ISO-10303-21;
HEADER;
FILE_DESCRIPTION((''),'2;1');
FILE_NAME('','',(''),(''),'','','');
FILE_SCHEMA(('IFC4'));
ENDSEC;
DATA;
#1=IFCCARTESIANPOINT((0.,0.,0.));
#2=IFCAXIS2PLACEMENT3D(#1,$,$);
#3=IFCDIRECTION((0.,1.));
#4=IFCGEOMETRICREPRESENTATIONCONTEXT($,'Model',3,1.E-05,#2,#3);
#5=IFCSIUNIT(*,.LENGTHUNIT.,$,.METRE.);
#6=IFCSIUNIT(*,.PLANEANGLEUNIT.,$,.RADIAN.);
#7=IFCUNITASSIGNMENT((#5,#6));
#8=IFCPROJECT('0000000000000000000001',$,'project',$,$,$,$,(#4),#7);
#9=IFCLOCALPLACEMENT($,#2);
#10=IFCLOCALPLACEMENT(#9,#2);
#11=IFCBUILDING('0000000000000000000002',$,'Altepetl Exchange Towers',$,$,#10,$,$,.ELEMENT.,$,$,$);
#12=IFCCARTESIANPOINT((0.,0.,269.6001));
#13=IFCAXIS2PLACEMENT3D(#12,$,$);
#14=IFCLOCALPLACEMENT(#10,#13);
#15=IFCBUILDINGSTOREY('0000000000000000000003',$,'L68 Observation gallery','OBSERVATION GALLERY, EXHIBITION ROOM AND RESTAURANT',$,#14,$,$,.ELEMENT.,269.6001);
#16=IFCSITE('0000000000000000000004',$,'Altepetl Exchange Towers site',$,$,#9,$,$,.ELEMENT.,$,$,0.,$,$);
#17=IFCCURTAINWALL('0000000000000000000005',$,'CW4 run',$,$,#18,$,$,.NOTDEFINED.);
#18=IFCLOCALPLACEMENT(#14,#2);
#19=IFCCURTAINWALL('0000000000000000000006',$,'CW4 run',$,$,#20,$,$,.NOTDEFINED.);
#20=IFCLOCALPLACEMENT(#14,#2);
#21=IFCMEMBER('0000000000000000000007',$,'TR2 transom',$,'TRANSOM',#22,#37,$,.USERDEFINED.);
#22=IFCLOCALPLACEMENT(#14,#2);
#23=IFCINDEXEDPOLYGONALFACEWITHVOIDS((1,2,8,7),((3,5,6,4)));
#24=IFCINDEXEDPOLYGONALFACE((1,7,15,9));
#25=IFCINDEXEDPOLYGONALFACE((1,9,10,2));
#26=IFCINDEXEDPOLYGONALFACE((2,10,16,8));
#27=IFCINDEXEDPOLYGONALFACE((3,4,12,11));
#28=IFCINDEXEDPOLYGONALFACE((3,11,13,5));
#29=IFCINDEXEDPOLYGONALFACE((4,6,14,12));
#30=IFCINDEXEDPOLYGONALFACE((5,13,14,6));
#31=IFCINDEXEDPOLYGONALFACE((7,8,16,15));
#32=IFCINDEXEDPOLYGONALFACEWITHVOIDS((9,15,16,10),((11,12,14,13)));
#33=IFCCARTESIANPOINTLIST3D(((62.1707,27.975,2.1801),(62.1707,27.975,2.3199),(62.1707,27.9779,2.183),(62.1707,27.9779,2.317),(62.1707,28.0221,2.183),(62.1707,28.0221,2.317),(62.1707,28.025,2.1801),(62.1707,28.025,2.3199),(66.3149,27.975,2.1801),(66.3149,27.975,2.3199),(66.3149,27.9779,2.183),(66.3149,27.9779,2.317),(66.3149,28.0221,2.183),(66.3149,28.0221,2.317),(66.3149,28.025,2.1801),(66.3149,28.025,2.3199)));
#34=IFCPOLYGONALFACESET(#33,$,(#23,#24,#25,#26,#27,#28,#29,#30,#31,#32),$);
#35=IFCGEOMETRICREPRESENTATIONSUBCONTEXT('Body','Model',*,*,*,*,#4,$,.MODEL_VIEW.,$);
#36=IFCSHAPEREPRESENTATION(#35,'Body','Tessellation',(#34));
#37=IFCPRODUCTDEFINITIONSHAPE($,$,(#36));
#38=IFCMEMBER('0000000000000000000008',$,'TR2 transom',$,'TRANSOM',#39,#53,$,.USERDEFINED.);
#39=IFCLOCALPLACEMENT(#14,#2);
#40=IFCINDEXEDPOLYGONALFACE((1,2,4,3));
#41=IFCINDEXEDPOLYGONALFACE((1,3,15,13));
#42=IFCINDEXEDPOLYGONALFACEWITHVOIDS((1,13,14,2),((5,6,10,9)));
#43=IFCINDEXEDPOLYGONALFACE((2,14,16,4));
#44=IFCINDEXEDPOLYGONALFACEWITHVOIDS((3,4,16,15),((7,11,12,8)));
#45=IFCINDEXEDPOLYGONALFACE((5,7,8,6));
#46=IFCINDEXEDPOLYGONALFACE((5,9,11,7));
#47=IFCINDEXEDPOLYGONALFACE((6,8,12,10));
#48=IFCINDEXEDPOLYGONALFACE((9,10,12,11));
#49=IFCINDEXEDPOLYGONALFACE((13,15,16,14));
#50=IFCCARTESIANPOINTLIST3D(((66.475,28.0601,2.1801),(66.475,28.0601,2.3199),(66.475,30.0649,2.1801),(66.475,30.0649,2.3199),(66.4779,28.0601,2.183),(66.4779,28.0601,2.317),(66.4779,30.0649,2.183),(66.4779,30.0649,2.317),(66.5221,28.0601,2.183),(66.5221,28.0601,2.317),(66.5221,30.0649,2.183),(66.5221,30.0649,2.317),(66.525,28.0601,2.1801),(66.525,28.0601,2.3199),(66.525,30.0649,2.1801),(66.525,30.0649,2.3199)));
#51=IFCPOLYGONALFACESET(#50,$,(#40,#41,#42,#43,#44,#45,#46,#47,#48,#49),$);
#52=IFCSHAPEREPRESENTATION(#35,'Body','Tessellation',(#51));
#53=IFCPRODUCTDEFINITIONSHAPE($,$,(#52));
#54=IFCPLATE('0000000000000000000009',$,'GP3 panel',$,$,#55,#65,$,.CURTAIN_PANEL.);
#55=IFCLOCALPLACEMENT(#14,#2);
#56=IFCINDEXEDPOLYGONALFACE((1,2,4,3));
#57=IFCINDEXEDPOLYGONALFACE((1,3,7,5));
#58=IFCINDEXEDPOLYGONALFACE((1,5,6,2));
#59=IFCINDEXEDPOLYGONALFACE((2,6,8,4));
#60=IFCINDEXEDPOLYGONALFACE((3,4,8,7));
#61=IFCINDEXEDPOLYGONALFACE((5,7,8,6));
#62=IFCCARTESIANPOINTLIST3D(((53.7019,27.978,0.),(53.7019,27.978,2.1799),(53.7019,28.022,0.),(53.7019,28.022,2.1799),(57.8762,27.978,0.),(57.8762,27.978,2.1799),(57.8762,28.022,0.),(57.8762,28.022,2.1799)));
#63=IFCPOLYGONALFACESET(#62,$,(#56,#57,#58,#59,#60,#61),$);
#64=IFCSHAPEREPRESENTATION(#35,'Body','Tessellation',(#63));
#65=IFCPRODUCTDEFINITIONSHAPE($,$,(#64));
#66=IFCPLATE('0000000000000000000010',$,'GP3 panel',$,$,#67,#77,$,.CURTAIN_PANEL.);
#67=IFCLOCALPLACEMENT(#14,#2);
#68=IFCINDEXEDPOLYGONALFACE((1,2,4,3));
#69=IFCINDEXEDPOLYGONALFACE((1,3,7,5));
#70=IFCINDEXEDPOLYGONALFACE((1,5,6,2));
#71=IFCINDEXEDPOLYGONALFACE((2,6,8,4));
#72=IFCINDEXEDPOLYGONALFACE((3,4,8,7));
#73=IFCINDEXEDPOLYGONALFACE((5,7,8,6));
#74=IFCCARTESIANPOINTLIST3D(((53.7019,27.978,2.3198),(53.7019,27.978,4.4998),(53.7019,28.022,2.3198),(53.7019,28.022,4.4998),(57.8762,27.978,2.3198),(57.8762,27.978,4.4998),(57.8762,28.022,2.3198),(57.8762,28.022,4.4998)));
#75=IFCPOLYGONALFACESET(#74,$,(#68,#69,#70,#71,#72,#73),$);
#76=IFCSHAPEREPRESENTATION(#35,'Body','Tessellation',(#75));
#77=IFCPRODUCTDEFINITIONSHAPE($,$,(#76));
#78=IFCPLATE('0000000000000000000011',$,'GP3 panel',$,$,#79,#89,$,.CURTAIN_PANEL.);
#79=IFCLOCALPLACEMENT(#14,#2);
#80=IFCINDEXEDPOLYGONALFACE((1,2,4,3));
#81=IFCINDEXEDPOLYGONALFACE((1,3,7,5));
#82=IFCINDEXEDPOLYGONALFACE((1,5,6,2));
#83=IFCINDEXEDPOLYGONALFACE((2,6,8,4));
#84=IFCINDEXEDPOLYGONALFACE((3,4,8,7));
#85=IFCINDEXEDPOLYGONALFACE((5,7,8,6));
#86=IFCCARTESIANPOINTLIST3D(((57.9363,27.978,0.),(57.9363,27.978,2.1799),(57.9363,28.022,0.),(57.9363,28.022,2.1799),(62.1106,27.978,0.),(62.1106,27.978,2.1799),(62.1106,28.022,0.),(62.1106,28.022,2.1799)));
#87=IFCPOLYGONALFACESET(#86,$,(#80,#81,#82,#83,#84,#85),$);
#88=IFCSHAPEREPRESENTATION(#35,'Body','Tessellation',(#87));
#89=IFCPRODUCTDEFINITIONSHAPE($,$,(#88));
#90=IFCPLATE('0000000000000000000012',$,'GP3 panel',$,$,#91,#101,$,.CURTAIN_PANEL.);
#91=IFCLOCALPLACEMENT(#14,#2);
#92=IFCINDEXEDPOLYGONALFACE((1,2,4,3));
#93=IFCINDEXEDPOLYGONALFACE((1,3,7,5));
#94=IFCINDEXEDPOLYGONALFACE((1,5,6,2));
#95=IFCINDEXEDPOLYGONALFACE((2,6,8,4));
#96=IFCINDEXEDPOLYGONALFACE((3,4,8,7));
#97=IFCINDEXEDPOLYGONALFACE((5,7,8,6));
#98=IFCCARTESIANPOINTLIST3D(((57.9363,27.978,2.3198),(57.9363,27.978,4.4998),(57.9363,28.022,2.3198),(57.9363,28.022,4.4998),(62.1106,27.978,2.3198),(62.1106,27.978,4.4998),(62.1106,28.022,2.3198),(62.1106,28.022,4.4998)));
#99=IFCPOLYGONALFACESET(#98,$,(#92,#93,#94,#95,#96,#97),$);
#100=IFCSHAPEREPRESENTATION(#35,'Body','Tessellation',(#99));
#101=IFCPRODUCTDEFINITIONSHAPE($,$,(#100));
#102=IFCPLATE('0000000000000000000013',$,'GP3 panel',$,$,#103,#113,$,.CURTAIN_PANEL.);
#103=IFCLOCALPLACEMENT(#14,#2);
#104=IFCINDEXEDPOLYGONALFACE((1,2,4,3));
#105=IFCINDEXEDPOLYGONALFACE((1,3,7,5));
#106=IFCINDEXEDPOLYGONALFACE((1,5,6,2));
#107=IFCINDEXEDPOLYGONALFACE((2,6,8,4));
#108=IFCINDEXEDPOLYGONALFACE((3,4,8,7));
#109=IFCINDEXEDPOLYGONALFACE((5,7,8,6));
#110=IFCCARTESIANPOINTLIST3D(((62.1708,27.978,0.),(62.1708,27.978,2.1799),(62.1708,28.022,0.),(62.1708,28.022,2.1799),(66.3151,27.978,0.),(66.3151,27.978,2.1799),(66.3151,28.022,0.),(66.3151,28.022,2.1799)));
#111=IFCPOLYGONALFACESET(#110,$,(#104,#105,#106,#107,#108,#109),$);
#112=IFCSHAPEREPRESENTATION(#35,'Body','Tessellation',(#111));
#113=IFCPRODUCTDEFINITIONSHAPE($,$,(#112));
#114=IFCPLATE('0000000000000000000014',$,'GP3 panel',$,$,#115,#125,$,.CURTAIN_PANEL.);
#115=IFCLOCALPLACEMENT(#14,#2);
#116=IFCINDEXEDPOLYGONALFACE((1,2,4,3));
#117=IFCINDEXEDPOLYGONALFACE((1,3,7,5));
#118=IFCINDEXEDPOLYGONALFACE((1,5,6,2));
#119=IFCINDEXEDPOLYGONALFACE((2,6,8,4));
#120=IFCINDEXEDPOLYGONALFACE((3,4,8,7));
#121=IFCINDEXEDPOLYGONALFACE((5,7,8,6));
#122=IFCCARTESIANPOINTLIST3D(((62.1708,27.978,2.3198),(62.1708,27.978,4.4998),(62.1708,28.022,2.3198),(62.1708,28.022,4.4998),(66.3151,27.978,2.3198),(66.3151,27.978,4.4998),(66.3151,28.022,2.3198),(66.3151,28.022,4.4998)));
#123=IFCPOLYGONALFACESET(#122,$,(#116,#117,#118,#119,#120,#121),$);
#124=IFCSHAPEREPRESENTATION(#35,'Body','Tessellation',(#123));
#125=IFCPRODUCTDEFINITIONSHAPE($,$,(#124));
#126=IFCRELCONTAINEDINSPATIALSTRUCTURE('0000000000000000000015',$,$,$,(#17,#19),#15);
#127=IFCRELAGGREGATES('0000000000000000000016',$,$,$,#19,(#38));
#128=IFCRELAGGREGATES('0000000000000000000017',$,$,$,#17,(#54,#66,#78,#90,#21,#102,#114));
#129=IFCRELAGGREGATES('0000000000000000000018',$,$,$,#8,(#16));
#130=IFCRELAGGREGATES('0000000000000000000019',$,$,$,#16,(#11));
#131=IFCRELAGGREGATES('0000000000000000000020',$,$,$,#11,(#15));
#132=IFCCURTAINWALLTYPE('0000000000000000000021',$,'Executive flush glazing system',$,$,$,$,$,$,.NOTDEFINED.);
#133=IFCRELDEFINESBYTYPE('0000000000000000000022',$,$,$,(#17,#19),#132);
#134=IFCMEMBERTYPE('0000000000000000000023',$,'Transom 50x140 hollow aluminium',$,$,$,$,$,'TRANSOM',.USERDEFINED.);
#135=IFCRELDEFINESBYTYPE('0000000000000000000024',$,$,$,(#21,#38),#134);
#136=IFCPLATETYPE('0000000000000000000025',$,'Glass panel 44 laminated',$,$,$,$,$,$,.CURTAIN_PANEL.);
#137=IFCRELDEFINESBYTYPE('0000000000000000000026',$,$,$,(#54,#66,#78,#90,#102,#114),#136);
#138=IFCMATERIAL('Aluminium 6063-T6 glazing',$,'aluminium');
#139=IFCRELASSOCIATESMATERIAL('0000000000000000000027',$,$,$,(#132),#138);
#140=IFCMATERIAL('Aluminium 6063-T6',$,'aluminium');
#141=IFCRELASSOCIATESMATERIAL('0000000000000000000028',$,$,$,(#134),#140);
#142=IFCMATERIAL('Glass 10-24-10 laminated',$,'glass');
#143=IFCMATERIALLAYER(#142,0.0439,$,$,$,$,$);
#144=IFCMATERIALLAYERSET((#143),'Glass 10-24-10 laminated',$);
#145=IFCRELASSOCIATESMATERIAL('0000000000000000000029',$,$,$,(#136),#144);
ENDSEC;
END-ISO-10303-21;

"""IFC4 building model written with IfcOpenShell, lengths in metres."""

from ifc_helpers import new_model, si_unit, direction, frame, origin, origin_2d, place, context, subcontext, project, spatial, rectangle, hollow_rectangle, extrude, material, layer, layer_set, material_profile, profile_set, type_object, element, aggregate, save


model = new_model("IFC4")

# Units and contexts
model_context = context("Model", 3, precision=1e-05, world=origin(), true_north=direction((0.0, 1.0)))
body_context = subcontext(model_context, "Body", "Model", "MODEL_VIEW")
ifc_project = project(units=[si_unit("LENGTHUNIT", "METRE"), si_unit("PLANEANGLEUNIT", "RADIAN")], contexts=[model_context])

# Site, building, storey
site_placement = place(None, origin())
site = spatial("IfcSite", under=ifc_project, at=site_placement, Name="Altepetl Exchange Towers site", CompositionType="ELEMENT", RefElevation=0.0)
building_placement = place(site_placement, origin())
building = spatial("IfcBuilding", under=site, at=building_placement, Name="Altepetl Exchange Towers", CompositionType="ELEMENT")
storey_placement = place(building_placement, frame((0.0, 0.0, 269.6001)))
storey = spatial("IfcBuildingStorey", under=building, at=storey_placement, Name="L68 Observation gallery", Description="OBSERVATION GALLERY, EXHIBITION ROOM AND RESTAURANT", CompositionType="ELEMENT", Elevation=269.6001)

# Curtain wall
ifc_material_1 = material(Name="Aluminium 6063-T6 glazing", Category="aluminium")
curtain_wall_type = type_object("IfcCurtainWallType", Name="Executive flush glazing system", PredefinedType="NOTDEFINED", material=ifc_material_1)
curtain_wall_1_placement = place(storey_placement, origin())
curtain_wall_1 = element("IfcCurtainWall", 1, at=curtain_wall_1_placement, inside=storey, type_object=curtain_wall_type, Name="CW4 run", PredefinedType="NOTDEFINED")
ifc_material_2 = material(Name="Aluminium 6063-T6", Category="aluminium")

# Curtain wall
curtain_wall_2_placement = place(storey_placement, origin())
curtain_wall_2 = element("IfcCurtainWall", 2, at=curtain_wall_2_placement, inside=storey, type_object=curtain_wall_type, Name="CW4 run", PredefinedType="NOTDEFINED")

# Members
ifc_material_profile_1 = material_profile(ifc_material_2, hollow_rectangle(XDim=0.05, YDim=0.1399, WallThickness=0.0029, at=origin_2d()), Name="Transom 50x140 hollow aluminium")
ifc_profile_set_1 = profile_set([ifc_material_profile_1], Name="Aluminium 6063-T6")
member_type_1 = type_object("IfcMemberType", Name="Transom 50x140 hollow aluminium", ElementType="TRANSOM", PredefinedType="USERDEFINED", material=ifc_profile_set_1)
member_1_placement = place(storey_placement, frame((62.1707, 28.0, 2.25), z_axis=(1.0, 0.0, 0.0), x_axis=(0.0, 1.0, 0.0)))
member_1 = element("IfcMember", 3, at=member_1_placement, type_object=member_type_1, Name="TR2 transom", ObjectType="TRANSOM", PredefinedType="USERDEFINED", context=body_context, shape_type="SweptSolid", body=[
    extrude(hollow_rectangle(XDim=0.05, YDim=0.1399, WallThickness=0.0029, at=origin_2d()), origin(), (0.0, 0.0, 1.0), 4.1443),
])
member_2_placement = place(storey_placement, frame((66.5, 28.0601, 2.25), z_axis=(0.0, 1.0, 0.0), x_axis=(-1.0, 0.0, 0.0)))
member_2 = element("IfcMember", 4, at=member_2_placement, type_object=member_type_1, Name="TR2 transom", ObjectType="TRANSOM", PredefinedType="USERDEFINED", context=body_context, shape_type="SweptSolid", body=[
    extrude(hollow_rectangle(XDim=0.05, YDim=0.1399, WallThickness=0.0029, at=origin_2d()), origin(), (0.0, 0.0, 1.0), 2.0049),
])
aggregate(curtain_wall_2, [member_2])

# Plates
ifc_material_3 = material(Name="Glass 10-24-10 laminated", Category="glass")
ifc_layer = layer(ifc_material_3, 0.0439)
ifc_layer_set = layer_set([ifc_layer], Name="Glass 10-24-10 laminated")
plate_type = type_object("IfcPlateType", Name="Glass panel 44 laminated", PredefinedType="CURTAIN_PANEL", material=ifc_layer_set)
plate_1_placement = place(storey_placement, frame((55.7891, 28.0, 0.0)))
plate_1 = element("IfcPlate", 5, at=plate_1_placement, type_object=plate_type, Name="GP3 panel", PredefinedType="CURTAIN_PANEL", context=body_context, shape_type="SweptSolid", body=[
    extrude(rectangle(XDim=4.1743, YDim=0.0439, at=origin_2d()), origin(), (0.0, 0.0, 1.0), 2.1799),
])
plate_2_placement = place(storey_placement, frame((55.7891, 28.0, 2.3198)))
plate_2 = element("IfcPlate", 6, at=plate_2_placement, type_object=plate_type, Name="GP3 panel", PredefinedType="CURTAIN_PANEL", context=body_context, shape_type="SweptSolid", body=[
    extrude(rectangle(XDim=4.1743, YDim=0.0439, at=origin_2d()), origin(), (0.0, 0.0, 1.0), 2.1799),
])
plate_3_placement = place(storey_placement, frame((60.0234, 28.0, 0.0)))
plate_3 = element("IfcPlate", 7, at=plate_3_placement, type_object=plate_type, Name="GP3 panel", PredefinedType="CURTAIN_PANEL", context=body_context, shape_type="SweptSolid", body=[
    extrude(rectangle(XDim=4.1743, YDim=0.0439, at=origin_2d()), origin(), (0.0, 0.0, 1.0), 2.1799),
])
plate_4_placement = place(storey_placement, frame((60.0234, 28.0, 2.3198)))
plate_4 = element("IfcPlate", 8, at=plate_4_placement, type_object=plate_type, Name="GP3 panel", PredefinedType="CURTAIN_PANEL", context=body_context, shape_type="SweptSolid", body=[
    extrude(rectangle(XDim=4.1743, YDim=0.0439, at=origin_2d()), origin(), (0.0, 0.0, 1.0), 2.1799),
])
plate_5_placement = place(storey_placement, frame((64.2429, 28.0, 0.0)))
plate_5 = element("IfcPlate", 9, at=plate_5_placement, type_object=plate_type, Name="GP3 panel", PredefinedType="CURTAIN_PANEL", context=body_context, shape_type="SweptSolid", body=[
    extrude(rectangle(XDim=4.1443, YDim=0.0439, at=origin_2d()), origin(), (0.0, 0.0, 1.0), 2.1799),
])
plate_6_placement = place(storey_placement, frame((64.2429, 28.0, 2.3198)))
plate_6 = element("IfcPlate", 10, at=plate_6_placement, type_object=plate_type, Name="GP3 panel", PredefinedType="CURTAIN_PANEL", context=body_context, shape_type="SweptSolid", body=[
    extrude(rectangle(XDim=4.1443, YDim=0.0439, at=origin_2d()), origin(), (0.0, 0.0, 1.0), 2.1799),
])
aggregate(curtain_wall_1, [plate_1, plate_2, plate_3, plate_4, member_1, plate_5, plate_6])

save(model, "model.ifc")
